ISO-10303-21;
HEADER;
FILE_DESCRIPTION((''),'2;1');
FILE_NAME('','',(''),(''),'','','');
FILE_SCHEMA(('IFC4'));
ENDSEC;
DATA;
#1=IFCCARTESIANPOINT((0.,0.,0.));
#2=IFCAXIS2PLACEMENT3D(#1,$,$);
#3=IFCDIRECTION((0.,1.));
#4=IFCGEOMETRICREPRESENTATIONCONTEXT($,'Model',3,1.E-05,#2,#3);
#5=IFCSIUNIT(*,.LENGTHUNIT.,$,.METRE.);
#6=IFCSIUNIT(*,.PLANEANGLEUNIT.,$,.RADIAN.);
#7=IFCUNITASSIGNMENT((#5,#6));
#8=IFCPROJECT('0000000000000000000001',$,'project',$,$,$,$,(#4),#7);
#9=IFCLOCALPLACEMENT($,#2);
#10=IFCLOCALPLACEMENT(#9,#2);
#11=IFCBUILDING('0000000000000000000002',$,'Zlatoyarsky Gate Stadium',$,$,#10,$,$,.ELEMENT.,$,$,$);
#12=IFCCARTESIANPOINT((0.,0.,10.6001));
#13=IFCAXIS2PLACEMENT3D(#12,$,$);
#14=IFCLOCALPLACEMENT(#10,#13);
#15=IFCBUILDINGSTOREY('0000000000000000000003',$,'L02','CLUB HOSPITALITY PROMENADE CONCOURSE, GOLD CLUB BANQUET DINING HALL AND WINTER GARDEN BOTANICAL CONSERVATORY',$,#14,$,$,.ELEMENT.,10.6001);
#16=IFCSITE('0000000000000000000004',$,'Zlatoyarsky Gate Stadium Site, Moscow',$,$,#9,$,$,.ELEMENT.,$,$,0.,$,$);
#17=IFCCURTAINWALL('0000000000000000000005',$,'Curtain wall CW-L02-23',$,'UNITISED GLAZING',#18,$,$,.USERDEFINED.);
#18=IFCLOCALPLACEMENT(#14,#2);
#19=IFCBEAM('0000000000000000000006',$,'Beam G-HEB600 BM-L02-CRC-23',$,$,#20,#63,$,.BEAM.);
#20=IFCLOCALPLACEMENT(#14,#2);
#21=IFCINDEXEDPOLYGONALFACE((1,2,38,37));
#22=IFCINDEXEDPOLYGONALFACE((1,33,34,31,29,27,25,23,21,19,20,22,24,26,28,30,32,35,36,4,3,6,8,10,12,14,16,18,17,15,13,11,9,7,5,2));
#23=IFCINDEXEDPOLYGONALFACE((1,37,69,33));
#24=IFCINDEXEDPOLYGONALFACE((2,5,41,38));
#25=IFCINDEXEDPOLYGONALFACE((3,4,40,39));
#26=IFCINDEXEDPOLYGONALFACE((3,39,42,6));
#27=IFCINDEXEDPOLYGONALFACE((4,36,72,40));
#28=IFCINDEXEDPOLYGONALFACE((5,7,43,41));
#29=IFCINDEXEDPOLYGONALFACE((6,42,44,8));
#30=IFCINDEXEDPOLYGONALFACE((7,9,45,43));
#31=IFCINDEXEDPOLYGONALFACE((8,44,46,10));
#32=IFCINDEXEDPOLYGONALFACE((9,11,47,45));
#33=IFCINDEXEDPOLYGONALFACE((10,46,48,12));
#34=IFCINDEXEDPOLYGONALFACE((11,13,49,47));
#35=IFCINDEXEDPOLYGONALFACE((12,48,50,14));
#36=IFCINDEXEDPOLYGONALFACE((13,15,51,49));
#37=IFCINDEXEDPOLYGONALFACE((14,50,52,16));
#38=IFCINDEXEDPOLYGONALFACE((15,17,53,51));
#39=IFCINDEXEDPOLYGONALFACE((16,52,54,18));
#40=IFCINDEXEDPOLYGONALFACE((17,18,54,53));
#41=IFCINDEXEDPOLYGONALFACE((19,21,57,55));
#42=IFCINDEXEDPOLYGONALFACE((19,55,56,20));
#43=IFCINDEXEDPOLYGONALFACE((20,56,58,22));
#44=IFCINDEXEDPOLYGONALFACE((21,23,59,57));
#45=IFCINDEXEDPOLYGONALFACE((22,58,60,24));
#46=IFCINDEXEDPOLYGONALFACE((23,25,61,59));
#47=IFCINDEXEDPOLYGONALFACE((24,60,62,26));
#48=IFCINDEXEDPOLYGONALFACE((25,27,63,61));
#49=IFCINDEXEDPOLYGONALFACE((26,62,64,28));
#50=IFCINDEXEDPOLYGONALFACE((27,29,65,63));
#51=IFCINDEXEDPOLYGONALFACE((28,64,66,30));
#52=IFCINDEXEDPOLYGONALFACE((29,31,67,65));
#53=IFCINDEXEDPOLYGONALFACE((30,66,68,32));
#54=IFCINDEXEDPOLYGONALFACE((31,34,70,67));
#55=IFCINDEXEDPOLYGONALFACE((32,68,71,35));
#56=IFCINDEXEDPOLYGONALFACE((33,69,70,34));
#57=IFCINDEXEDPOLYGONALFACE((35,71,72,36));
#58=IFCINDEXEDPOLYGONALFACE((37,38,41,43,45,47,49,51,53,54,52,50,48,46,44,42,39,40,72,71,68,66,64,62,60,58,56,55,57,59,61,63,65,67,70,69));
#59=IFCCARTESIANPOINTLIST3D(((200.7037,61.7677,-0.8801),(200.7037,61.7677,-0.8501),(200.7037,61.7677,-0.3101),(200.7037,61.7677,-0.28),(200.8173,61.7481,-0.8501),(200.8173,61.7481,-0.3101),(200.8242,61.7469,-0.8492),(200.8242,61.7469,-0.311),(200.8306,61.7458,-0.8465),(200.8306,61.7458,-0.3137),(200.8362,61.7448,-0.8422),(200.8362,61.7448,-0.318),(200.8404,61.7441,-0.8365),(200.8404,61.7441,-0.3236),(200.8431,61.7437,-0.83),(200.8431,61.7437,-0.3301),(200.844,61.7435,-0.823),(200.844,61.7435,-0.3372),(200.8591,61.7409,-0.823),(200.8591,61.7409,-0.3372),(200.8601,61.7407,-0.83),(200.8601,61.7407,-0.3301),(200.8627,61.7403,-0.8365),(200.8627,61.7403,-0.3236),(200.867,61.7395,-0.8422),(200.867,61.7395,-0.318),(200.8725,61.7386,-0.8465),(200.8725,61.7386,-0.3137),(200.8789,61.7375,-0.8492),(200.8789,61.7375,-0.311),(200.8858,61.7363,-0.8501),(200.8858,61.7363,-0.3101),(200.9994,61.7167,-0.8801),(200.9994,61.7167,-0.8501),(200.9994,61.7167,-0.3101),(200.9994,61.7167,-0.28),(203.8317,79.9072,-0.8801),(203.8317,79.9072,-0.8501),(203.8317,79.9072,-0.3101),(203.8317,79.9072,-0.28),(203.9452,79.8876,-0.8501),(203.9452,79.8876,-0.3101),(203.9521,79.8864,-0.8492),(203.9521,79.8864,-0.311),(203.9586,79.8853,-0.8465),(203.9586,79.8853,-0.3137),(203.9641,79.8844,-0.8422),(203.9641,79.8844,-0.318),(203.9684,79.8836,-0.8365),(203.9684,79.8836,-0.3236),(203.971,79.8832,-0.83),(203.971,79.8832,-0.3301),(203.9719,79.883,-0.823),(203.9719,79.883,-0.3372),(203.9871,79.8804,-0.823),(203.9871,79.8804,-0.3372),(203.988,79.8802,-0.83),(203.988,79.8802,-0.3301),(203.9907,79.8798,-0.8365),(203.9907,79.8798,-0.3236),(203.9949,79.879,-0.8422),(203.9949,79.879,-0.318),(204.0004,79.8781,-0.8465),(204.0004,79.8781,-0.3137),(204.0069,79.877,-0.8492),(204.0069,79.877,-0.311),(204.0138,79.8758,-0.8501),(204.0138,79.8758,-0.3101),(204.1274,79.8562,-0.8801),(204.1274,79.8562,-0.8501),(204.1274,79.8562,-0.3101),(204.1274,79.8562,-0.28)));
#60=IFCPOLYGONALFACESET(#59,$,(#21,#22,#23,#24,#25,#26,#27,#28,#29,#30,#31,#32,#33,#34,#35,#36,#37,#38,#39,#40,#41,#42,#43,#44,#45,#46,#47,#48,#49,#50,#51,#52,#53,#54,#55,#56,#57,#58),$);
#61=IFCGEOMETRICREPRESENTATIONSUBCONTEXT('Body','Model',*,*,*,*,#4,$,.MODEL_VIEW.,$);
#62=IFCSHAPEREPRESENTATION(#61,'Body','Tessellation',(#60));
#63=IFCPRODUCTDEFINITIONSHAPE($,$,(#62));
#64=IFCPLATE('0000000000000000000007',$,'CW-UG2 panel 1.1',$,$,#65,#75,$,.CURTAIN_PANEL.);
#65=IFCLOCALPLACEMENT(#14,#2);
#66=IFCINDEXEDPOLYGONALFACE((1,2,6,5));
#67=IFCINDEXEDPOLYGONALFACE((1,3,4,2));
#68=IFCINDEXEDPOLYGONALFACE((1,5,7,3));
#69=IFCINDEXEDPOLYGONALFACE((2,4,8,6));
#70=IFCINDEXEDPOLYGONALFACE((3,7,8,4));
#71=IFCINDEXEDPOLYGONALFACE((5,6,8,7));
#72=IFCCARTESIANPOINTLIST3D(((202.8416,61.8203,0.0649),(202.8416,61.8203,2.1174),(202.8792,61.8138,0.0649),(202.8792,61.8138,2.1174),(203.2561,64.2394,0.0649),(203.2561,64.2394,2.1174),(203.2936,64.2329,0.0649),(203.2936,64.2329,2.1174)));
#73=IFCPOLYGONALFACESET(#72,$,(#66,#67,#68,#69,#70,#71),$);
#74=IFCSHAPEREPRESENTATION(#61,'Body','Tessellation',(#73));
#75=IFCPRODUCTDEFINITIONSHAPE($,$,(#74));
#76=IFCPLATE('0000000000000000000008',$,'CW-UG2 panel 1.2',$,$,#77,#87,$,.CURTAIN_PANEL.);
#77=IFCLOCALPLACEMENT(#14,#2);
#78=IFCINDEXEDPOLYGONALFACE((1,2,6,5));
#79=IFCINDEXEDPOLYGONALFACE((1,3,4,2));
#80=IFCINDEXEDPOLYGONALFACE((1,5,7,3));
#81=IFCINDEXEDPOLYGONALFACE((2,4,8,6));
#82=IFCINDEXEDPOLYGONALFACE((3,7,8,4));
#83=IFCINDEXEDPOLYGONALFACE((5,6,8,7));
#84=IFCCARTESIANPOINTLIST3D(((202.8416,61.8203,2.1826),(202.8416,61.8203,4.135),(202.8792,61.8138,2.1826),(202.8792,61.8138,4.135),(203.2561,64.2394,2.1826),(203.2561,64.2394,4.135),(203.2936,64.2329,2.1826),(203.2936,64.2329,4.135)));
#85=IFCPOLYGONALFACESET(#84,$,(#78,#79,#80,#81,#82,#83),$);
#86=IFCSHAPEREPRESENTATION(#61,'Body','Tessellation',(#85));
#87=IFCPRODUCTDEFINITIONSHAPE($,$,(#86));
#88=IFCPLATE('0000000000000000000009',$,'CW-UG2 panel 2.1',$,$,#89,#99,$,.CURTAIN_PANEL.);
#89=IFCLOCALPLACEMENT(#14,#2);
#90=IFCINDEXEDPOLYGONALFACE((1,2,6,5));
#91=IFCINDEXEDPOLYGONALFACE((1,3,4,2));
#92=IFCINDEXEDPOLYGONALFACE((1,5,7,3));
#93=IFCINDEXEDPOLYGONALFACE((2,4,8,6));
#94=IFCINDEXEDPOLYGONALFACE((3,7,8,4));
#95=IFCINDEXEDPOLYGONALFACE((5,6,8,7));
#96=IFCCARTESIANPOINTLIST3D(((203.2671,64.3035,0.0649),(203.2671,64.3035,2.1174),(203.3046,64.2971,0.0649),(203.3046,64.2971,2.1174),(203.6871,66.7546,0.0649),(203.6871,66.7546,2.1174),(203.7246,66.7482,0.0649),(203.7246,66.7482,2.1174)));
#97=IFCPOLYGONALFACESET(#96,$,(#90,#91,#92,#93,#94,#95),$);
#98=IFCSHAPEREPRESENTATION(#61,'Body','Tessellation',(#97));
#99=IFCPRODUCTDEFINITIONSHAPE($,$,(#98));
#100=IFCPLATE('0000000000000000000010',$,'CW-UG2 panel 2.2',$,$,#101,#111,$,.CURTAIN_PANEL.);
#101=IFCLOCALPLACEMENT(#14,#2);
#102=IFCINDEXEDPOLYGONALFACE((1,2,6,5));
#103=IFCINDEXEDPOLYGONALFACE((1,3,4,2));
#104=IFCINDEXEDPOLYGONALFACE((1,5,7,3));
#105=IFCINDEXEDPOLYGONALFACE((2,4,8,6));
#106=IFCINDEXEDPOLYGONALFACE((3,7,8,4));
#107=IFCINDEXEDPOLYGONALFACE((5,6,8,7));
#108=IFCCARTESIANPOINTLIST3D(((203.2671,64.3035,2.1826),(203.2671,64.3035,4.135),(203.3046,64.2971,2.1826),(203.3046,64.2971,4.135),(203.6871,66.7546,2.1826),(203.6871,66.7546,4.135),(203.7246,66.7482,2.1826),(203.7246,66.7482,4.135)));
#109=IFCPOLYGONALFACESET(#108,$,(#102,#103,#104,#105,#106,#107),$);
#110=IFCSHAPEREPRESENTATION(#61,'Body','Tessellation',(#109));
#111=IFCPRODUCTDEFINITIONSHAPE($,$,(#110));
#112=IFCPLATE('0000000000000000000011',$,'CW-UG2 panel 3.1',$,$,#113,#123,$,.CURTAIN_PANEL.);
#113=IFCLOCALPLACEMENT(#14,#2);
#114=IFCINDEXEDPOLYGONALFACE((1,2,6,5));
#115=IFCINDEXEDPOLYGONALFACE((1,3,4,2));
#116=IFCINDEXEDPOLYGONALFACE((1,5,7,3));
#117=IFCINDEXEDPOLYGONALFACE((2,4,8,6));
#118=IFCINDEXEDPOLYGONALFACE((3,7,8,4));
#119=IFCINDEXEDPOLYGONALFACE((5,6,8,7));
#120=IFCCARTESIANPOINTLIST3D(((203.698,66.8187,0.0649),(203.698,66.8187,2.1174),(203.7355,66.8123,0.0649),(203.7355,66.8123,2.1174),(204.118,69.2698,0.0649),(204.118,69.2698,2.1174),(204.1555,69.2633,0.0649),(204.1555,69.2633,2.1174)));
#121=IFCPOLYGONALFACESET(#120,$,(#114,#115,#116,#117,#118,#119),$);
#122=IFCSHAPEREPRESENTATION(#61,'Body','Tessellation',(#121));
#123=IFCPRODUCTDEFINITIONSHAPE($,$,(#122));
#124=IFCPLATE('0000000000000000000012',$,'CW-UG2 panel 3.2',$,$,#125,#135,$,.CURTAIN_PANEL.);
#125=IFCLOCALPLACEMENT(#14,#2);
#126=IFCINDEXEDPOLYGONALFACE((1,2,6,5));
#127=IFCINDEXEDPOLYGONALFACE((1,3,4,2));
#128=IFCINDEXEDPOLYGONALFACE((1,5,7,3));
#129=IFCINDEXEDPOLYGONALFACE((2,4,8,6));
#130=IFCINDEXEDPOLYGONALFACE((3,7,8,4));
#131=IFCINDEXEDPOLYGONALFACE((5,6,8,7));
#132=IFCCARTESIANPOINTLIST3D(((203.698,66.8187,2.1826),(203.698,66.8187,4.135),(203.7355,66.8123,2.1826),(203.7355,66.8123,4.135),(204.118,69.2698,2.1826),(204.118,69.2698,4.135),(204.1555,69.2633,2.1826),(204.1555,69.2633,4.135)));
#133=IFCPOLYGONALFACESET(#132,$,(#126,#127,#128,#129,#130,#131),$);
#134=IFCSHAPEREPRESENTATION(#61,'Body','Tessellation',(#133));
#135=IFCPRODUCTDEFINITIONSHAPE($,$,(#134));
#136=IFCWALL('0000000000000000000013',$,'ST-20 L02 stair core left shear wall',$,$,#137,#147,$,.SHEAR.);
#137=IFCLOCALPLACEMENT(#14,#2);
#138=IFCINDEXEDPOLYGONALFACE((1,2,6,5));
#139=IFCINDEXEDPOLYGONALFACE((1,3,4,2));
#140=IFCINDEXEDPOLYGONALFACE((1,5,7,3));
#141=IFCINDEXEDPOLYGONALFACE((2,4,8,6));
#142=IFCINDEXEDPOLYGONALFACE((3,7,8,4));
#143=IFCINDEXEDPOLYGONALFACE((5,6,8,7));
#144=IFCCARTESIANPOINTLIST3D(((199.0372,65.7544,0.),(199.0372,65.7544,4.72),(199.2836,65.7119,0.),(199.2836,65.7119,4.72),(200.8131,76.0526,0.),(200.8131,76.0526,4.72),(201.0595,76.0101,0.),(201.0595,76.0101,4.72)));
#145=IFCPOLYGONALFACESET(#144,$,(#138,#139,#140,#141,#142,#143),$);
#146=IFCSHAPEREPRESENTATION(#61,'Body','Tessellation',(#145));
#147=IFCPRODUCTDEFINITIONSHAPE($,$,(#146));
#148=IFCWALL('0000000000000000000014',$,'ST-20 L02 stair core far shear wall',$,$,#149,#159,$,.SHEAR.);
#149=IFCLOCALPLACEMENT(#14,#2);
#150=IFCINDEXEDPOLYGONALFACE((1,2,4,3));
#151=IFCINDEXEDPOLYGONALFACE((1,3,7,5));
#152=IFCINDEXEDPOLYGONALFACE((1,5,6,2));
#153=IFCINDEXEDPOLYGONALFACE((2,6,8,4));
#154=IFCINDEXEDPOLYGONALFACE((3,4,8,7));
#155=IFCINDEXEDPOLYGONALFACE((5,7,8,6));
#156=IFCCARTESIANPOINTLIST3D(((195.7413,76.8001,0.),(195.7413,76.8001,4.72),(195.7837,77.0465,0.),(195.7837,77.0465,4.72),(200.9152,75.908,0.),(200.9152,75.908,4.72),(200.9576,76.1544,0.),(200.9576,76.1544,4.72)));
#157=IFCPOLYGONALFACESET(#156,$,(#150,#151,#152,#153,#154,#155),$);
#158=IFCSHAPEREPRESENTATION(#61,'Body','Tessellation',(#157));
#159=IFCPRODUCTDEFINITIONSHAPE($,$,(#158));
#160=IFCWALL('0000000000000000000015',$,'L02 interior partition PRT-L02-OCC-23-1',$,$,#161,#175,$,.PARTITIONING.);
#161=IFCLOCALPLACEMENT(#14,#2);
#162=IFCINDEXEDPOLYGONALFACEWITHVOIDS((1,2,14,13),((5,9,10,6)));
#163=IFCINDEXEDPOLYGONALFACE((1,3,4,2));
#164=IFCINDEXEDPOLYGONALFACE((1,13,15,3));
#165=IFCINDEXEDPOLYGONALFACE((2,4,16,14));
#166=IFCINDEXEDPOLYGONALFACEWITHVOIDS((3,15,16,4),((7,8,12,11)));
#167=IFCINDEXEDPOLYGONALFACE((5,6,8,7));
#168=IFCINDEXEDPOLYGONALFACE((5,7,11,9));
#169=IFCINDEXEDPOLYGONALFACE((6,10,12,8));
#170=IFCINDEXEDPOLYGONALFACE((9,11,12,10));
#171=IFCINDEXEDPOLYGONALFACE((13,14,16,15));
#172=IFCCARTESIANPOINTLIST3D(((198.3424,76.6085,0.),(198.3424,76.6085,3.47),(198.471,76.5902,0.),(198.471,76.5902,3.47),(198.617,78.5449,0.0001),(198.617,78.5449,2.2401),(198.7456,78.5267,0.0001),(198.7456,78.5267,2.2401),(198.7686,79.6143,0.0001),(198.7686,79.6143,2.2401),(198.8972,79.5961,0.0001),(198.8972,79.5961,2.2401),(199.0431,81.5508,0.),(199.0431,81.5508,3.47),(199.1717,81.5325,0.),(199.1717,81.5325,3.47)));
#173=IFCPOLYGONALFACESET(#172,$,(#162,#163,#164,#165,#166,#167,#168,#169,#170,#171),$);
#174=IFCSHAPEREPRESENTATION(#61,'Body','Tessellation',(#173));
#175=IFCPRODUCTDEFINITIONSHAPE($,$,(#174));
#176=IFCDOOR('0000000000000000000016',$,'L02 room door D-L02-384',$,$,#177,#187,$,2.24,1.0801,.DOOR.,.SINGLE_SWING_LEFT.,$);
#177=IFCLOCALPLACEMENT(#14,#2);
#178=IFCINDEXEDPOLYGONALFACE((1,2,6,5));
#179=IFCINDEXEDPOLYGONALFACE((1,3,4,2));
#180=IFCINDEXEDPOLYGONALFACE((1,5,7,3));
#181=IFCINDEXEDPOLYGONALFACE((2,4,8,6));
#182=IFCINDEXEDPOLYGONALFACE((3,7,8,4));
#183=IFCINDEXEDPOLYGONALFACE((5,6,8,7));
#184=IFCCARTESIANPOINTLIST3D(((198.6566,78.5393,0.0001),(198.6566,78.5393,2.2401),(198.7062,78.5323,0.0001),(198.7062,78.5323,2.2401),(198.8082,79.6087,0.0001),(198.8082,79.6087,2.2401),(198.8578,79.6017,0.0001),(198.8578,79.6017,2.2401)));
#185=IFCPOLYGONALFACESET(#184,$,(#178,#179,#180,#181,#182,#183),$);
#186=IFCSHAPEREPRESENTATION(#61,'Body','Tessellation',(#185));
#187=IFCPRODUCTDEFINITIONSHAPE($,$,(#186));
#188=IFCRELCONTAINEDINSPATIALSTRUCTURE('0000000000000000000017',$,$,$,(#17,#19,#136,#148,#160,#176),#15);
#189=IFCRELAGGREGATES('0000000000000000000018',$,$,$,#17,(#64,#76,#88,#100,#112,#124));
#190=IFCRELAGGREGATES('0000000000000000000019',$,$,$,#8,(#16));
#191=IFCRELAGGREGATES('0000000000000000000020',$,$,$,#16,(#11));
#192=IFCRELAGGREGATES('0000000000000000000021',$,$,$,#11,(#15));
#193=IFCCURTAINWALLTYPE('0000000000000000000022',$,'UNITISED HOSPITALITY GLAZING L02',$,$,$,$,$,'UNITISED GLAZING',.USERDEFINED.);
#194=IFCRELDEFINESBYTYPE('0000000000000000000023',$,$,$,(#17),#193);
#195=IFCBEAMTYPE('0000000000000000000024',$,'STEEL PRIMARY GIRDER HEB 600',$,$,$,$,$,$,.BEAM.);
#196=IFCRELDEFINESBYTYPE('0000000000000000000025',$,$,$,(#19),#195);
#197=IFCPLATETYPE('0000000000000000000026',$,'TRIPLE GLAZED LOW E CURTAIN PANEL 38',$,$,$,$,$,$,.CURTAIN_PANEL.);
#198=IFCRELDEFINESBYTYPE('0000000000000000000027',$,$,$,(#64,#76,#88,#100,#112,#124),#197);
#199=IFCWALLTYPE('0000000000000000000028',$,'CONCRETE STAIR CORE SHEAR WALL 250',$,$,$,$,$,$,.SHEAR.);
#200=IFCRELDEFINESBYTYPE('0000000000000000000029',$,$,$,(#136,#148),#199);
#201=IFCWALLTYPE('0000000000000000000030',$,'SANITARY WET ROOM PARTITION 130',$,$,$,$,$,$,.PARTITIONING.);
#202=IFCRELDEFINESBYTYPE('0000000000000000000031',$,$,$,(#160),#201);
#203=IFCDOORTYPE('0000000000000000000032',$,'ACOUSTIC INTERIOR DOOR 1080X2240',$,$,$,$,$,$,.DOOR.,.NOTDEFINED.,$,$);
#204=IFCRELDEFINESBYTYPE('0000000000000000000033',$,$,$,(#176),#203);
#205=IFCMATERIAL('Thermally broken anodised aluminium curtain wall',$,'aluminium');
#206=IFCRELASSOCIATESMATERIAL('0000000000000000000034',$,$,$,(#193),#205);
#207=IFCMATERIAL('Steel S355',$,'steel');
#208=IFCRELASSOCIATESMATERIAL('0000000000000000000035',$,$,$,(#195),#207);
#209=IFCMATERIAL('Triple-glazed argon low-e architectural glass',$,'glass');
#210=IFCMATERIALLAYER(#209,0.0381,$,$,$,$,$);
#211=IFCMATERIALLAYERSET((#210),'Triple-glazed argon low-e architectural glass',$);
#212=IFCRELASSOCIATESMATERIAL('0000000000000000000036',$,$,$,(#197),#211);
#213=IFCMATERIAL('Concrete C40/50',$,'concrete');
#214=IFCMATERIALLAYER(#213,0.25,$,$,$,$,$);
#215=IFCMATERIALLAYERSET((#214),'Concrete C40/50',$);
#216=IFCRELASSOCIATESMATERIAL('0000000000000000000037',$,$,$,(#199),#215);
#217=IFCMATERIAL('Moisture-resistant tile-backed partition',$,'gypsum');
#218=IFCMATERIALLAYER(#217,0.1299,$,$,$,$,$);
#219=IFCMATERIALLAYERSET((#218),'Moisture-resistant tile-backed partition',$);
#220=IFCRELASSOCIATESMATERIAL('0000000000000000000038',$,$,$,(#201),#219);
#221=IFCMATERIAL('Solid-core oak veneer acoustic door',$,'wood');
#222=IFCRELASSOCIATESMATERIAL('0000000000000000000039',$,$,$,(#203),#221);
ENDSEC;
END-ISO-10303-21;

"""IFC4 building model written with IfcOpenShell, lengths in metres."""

from ifc_helpers import new_model, si_unit, direction, frame, frame_2d, origin, origin_2d, place, context, subcontext, project, spatial, rectangle, i_section, extrude, material, layer, layer_set, material_profile, profile_set, type_object, element, fill, aggregate, save


model = new_model("IFC4")

# Units and contexts
model_context = context("Model", 3, precision=1e-05, world=origin(), true_north=direction((0.0, 1.0)))
body_context = subcontext(model_context, "Body", "Model", "MODEL_VIEW")
ifc_project = project(units=[si_unit("LENGTHUNIT", "METRE"), si_unit("PLANEANGLEUNIT", "RADIAN")], contexts=[model_context])

# Site, building, storey
site_placement = place(None, origin())
site = spatial("IfcSite", under=ifc_project, at=site_placement, Name="Zlatoyarsky Gate Stadium Site, Moscow", CompositionType="ELEMENT", RefElevation=0.0)
building_placement = place(site_placement, origin())
building = spatial("IfcBuilding", under=site, at=building_placement, Name="Zlatoyarsky Gate Stadium", CompositionType="ELEMENT")
storey_placement = place(building_placement, frame((0.0, 0.0, 10.6001)))
storey = spatial("IfcBuildingStorey", under=building, at=storey_placement, Name="L02", Description="CLUB HOSPITALITY PROMENADE CONCOURSE, GOLD CLUB BANQUET DINING HALL AND WINTER GARDEN BOTANICAL CONSERVATORY", CompositionType="ELEMENT", Elevation=10.6001)

# Curtain wall
ifc_material_1 = material(Name="Thermally broken anodised aluminium curtain wall", Category="aluminium")
curtain_wall_type = type_object("IfcCurtainWallType", Name="UNITISED HOSPITALITY GLAZING L02", ElementType="UNITISED GLAZING", PredefinedType="USERDEFINED", material=ifc_material_1)
curtain_wall_placement = place(storey_placement, origin())
curtain_wall = element("IfcCurtainWall", 1, at=curtain_wall_placement, inside=storey, type_object=curtain_wall_type, Name="Curtain wall CW-L02-23", ObjectType="UNITISED GLAZING", PredefinedType="USERDEFINED")

# Beam
ifc_material_2 = material(Name="Steel S355", Category="steel")
ifc_material_profile_1 = material_profile(ifc_material_2, i_section(OverallWidth=0.3, OverallDepth=0.6001, WebThickness=0.0154, FlangeThickness=0.03, FilletRadius=0.0271, at=origin_2d()), Name="HEB 600")
ifc_profile_set_1 = profile_set([ifc_material_profile_1], Name="Steel S355")
beam_type = type_object("IfcBeamType", Name="STEEL PRIMARY GIRDER HEB 600", PredefinedType="BEAM", material=ifc_profile_set_1)
beam_placement = place(storey_placement, frame((200.8516, 61.7422, -0.5801), z_axis=(0.16993, 0.985456, 0.0), x_axis=(-0.985456, 0.16993, 0.0)))
element("IfcBeam", 2, at=beam_placement, inside=storey, type_object=beam_type, Name="Beam G-HEB600 BM-L02-CRC-23", PredefinedType="BEAM", context=body_context, shape_type="SweptSolid", body=[
    extrude(i_section(OverallWidth=0.3, OverallDepth=0.6001, WebThickness=0.0154, FlangeThickness=0.03, FilletRadius=0.0271, at=origin_2d()), origin(), (0.0, 0.0, 1.0), 18.4072),
])

# Plates
ifc_material_3 = material(Name="Triple-glazed argon low-e architectural glass", Category="glass")
ifc_layer_1 = layer(ifc_material_3, 0.0381)
ifc_layer_set_1 = layer_set([ifc_layer_1], Name="Triple-glazed argon low-e architectural glass")
plate_type = type_object("IfcPlateType", Name="TRIPLE GLAZED LOW E CURTAIN PANEL 38", PredefinedType="CURTAIN_PANEL", material=ifc_layer_set_1)
plate_1_placement = place(storey_placement, frame((203.0676, 63.0266, 0.0649), z_axis=(0.0, 0.0, 1.0), x_axis=(0.168876, 0.985637, 0.0)))
plate_1 = element("IfcPlate", 3, at=plate_1_placement, type_object=plate_type, Name="CW-UG2 panel 1.1", PredefinedType="CURTAIN_PANEL", context=body_context, shape_type="SweptSolid", body=[
    extrude(rectangle(XDim=2.4543, YDim=0.0381, at=origin_2d()), origin(), (0.0, 0.0, 1.0), 2.0525),
])
plate_2_placement = place(storey_placement, frame((203.0676, 63.0266, 2.1826), z_axis=(0.0, 0.0, 1.0), x_axis=(0.168876, 0.985637, 0.0)))
plate_2 = element("IfcPlate", 4, at=plate_2_placement, type_object=plate_type, Name="CW-UG2 panel 1.2", PredefinedType="CURTAIN_PANEL", context=body_context, shape_type="SweptSolid", body=[
    extrude(rectangle(XDim=2.4543, YDim=0.0381, at=origin_2d()), origin(), (0.0, 0.0, 1.0), 1.9524),
])
plate_3_placement = place(storey_placement, frame((203.4958, 65.5259, 0.0649), z_axis=(0.0, 0.0, 1.0), x_axis=(0.168876, 0.985637, 0.0)))
plate_3 = element("IfcPlate", 5, at=plate_3_placement, type_object=plate_type, Name="CW-UG2 panel 2.1", PredefinedType="CURTAIN_PANEL", context=body_context, shape_type="SweptSolid", body=[
    extrude(rectangle(XDim=2.4868, YDim=0.0381, at=origin_2d()), origin(), (0.0, 0.0, 1.0), 2.0525),
])
plate_4_placement = place(storey_placement, frame((203.4958, 65.5259, 2.1826), z_axis=(0.0, 0.0, 1.0), x_axis=(0.168876, 0.985637, 0.0)))
plate_4 = element("IfcPlate", 6, at=plate_4_placement, type_object=plate_type, Name="CW-UG2 panel 2.2", PredefinedType="CURTAIN_PANEL", context=body_context, shape_type="SweptSolid", body=[
    extrude(rectangle(XDim=2.4868, YDim=0.0381, at=origin_2d()), origin(), (0.0, 0.0, 1.0), 1.9524),
])
plate_5_placement = place(storey_placement, frame((203.9268, 68.041, 0.0649), z_axis=(0.0, 0.0, 1.0), x_axis=(0.168876, 0.985637, 0.0)))
plate_5 = element("IfcPlate", 7, at=plate_5_placement, type_object=plate_type, Name="CW-UG2 panel 3.1", PredefinedType="CURTAIN_PANEL", context=body_context, shape_type="SweptSolid", body=[
    extrude(rectangle(XDim=2.4868, YDim=0.0381, at=origin_2d()), origin(), (0.0, 0.0, 1.0), 2.0525),
])
plate_6_placement = place(storey_placement, frame((203.9268, 68.041, 2.1826), z_axis=(0.0, 0.0, 1.0), x_axis=(0.168876, 0.985637, 0.0)))
plate_6 = element("IfcPlate", 8, at=plate_6_placement, type_object=plate_type, Name="CW-UG2 panel 3.2", PredefinedType="CURTAIN_PANEL", context=body_context, shape_type="SweptSolid", body=[
    extrude(rectangle(XDim=2.4868, YDim=0.0381, at=origin_2d()), origin(), (0.0, 0.0, 1.0), 1.9524),
])
aggregate(curtain_wall, [plate_1, plate_2, plate_3, plate_4, plate_5, plate_6])

# Walls
ifc_material_4 = material(Name="Concrete C40/50", Category="concrete")
ifc_layer_2 = layer(ifc_material_4, 0.25)
ifc_layer_set_2 = layer_set([ifc_layer_2], Name="Concrete C40/50")
wall_type_1 = type_object("IfcWallType", Name="CONCRETE STAIR CORE SHEAR WALL 250", PredefinedType="SHEAR", material=ifc_layer_set_2)
wall_1_placement = place(storey_placement, frame((199.1604, 65.7332, 0.0), z_axis=(0.0, 0.0, 1.0), x_axis=(0.169939, 0.985455, 0.0)))
element("IfcWall", 9, at=wall_1_placement, inside=storey, type_object=wall_type_1, Name="ST-20 L02 stair core left shear wall", PredefinedType="SHEAR", context=body_context, shape_type="SweptSolid", body=[
    extrude(rectangle(XDim=10.4502, YDim=0.25, at=frame_2d((5.2251, 0.0))), origin(), (0.0, 0.0, 1.0), 4.72),
])
wall_2_placement = place(storey_placement, frame((200.9363, 76.0312, 0.0), z_axis=(0.0, 0.0, 1.0), x_axis=(-0.985459, 0.169916, 0.0)))
element("IfcWall", 10, at=wall_2_placement, inside=storey, type_object=wall_type_1, Name="ST-20 L02 stair core far shear wall", PredefinedType="SHEAR", context=body_context, shape_type="SweptSolid", body=[
    extrude(rectangle(XDim=5.2502, YDim=0.25, at=frame_2d((2.625, 0.0))), origin(), (0.0, 0.0, 1.0), 4.72),
])

# Wall, opening, door
ifc_material_5 = material(Name="Moisture-resistant tile-backed partition", Category="gypsum")
ifc_layer_3 = layer(ifc_material_5, 0.1299)
ifc_layer_set_3 = layer_set([ifc_layer_3], Name="Moisture-resistant tile-backed partition")
wall_type_2 = type_object("IfcWallType", Name="SANITARY WET ROOM PARTITION 130", PredefinedType="PARTITIONING", material=ifc_layer_set_3)
wall_3_placement = place(storey_placement, frame((198.4067, 76.5994, 0.0), z_axis=(0.0, 0.0, 1.0), x_axis=(0.140367, 0.9901, 0.0)))
wall_3 = element("IfcWall", 11, at=wall_3_placement, inside=storey, type_object=wall_type_2, Name="L02 interior partition PRT-L02-OCC-23-1", PredefinedType="PARTITIONING", context=body_context, shape_type="SweptSolid", body=[
    extrude(rectangle(XDim=4.9917, YDim=0.1299, at=frame_2d((2.4958, 0.0))), origin(), (0.0, 0.0, 1.0), 3.47),
])
opening_placement = place(wall_3_placement, frame((1.9558, 0.0, 0.0)))
opening = element("IfcOpeningElement", 12, at=opening_placement, cuts=wall_3, PredefinedType="OPENING", context=body_context, shape_type="SweptSolid", body=[
    extrude(rectangle(XDim=1.0801, YDim=2.24, at=frame_2d((0.54, 1.1201))), frame((0.0, 0.075, 0.0), z_axis=(0.0, -1.0, 0.0), x_axis=(1.0, 0.0, 0.0)), (0.0, 0.0, 1.0), 0.1499),
])
ifc_material_6 = material(Name="Solid-core oak veneer acoustic door", Category="wood")
door_type = type_object("IfcDoorType", Name="ACOUSTIC INTERIOR DOOR 1080X2240", OperationType="NOTDEFINED", PredefinedType="DOOR", material=ifc_material_6)
door_placement = place(opening_placement, origin())
door = element("IfcDoor", 13, at=door_placement, inside=storey, type_object=door_type, Name="L02 room door D-L02-384", OperationType="SINGLE_SWING_LEFT", OverallHeight=2.24, OverallWidth=1.0801, PredefinedType="DOOR", context=body_context, shape_type="SweptSolid", body=[
    extrude(rectangle(XDim=1.0801, YDim=2.24, at=frame_2d((0.54, 1.1201))), frame((0.0, 0.0249, 0.0), z_axis=(0.0, -1.0, 0.0), x_axis=(1.0, 0.0, 0.0)), (0.0, 0.0, 1.0), 0.05),
])
fill(opening, door)

save(model, "model.ifc")
